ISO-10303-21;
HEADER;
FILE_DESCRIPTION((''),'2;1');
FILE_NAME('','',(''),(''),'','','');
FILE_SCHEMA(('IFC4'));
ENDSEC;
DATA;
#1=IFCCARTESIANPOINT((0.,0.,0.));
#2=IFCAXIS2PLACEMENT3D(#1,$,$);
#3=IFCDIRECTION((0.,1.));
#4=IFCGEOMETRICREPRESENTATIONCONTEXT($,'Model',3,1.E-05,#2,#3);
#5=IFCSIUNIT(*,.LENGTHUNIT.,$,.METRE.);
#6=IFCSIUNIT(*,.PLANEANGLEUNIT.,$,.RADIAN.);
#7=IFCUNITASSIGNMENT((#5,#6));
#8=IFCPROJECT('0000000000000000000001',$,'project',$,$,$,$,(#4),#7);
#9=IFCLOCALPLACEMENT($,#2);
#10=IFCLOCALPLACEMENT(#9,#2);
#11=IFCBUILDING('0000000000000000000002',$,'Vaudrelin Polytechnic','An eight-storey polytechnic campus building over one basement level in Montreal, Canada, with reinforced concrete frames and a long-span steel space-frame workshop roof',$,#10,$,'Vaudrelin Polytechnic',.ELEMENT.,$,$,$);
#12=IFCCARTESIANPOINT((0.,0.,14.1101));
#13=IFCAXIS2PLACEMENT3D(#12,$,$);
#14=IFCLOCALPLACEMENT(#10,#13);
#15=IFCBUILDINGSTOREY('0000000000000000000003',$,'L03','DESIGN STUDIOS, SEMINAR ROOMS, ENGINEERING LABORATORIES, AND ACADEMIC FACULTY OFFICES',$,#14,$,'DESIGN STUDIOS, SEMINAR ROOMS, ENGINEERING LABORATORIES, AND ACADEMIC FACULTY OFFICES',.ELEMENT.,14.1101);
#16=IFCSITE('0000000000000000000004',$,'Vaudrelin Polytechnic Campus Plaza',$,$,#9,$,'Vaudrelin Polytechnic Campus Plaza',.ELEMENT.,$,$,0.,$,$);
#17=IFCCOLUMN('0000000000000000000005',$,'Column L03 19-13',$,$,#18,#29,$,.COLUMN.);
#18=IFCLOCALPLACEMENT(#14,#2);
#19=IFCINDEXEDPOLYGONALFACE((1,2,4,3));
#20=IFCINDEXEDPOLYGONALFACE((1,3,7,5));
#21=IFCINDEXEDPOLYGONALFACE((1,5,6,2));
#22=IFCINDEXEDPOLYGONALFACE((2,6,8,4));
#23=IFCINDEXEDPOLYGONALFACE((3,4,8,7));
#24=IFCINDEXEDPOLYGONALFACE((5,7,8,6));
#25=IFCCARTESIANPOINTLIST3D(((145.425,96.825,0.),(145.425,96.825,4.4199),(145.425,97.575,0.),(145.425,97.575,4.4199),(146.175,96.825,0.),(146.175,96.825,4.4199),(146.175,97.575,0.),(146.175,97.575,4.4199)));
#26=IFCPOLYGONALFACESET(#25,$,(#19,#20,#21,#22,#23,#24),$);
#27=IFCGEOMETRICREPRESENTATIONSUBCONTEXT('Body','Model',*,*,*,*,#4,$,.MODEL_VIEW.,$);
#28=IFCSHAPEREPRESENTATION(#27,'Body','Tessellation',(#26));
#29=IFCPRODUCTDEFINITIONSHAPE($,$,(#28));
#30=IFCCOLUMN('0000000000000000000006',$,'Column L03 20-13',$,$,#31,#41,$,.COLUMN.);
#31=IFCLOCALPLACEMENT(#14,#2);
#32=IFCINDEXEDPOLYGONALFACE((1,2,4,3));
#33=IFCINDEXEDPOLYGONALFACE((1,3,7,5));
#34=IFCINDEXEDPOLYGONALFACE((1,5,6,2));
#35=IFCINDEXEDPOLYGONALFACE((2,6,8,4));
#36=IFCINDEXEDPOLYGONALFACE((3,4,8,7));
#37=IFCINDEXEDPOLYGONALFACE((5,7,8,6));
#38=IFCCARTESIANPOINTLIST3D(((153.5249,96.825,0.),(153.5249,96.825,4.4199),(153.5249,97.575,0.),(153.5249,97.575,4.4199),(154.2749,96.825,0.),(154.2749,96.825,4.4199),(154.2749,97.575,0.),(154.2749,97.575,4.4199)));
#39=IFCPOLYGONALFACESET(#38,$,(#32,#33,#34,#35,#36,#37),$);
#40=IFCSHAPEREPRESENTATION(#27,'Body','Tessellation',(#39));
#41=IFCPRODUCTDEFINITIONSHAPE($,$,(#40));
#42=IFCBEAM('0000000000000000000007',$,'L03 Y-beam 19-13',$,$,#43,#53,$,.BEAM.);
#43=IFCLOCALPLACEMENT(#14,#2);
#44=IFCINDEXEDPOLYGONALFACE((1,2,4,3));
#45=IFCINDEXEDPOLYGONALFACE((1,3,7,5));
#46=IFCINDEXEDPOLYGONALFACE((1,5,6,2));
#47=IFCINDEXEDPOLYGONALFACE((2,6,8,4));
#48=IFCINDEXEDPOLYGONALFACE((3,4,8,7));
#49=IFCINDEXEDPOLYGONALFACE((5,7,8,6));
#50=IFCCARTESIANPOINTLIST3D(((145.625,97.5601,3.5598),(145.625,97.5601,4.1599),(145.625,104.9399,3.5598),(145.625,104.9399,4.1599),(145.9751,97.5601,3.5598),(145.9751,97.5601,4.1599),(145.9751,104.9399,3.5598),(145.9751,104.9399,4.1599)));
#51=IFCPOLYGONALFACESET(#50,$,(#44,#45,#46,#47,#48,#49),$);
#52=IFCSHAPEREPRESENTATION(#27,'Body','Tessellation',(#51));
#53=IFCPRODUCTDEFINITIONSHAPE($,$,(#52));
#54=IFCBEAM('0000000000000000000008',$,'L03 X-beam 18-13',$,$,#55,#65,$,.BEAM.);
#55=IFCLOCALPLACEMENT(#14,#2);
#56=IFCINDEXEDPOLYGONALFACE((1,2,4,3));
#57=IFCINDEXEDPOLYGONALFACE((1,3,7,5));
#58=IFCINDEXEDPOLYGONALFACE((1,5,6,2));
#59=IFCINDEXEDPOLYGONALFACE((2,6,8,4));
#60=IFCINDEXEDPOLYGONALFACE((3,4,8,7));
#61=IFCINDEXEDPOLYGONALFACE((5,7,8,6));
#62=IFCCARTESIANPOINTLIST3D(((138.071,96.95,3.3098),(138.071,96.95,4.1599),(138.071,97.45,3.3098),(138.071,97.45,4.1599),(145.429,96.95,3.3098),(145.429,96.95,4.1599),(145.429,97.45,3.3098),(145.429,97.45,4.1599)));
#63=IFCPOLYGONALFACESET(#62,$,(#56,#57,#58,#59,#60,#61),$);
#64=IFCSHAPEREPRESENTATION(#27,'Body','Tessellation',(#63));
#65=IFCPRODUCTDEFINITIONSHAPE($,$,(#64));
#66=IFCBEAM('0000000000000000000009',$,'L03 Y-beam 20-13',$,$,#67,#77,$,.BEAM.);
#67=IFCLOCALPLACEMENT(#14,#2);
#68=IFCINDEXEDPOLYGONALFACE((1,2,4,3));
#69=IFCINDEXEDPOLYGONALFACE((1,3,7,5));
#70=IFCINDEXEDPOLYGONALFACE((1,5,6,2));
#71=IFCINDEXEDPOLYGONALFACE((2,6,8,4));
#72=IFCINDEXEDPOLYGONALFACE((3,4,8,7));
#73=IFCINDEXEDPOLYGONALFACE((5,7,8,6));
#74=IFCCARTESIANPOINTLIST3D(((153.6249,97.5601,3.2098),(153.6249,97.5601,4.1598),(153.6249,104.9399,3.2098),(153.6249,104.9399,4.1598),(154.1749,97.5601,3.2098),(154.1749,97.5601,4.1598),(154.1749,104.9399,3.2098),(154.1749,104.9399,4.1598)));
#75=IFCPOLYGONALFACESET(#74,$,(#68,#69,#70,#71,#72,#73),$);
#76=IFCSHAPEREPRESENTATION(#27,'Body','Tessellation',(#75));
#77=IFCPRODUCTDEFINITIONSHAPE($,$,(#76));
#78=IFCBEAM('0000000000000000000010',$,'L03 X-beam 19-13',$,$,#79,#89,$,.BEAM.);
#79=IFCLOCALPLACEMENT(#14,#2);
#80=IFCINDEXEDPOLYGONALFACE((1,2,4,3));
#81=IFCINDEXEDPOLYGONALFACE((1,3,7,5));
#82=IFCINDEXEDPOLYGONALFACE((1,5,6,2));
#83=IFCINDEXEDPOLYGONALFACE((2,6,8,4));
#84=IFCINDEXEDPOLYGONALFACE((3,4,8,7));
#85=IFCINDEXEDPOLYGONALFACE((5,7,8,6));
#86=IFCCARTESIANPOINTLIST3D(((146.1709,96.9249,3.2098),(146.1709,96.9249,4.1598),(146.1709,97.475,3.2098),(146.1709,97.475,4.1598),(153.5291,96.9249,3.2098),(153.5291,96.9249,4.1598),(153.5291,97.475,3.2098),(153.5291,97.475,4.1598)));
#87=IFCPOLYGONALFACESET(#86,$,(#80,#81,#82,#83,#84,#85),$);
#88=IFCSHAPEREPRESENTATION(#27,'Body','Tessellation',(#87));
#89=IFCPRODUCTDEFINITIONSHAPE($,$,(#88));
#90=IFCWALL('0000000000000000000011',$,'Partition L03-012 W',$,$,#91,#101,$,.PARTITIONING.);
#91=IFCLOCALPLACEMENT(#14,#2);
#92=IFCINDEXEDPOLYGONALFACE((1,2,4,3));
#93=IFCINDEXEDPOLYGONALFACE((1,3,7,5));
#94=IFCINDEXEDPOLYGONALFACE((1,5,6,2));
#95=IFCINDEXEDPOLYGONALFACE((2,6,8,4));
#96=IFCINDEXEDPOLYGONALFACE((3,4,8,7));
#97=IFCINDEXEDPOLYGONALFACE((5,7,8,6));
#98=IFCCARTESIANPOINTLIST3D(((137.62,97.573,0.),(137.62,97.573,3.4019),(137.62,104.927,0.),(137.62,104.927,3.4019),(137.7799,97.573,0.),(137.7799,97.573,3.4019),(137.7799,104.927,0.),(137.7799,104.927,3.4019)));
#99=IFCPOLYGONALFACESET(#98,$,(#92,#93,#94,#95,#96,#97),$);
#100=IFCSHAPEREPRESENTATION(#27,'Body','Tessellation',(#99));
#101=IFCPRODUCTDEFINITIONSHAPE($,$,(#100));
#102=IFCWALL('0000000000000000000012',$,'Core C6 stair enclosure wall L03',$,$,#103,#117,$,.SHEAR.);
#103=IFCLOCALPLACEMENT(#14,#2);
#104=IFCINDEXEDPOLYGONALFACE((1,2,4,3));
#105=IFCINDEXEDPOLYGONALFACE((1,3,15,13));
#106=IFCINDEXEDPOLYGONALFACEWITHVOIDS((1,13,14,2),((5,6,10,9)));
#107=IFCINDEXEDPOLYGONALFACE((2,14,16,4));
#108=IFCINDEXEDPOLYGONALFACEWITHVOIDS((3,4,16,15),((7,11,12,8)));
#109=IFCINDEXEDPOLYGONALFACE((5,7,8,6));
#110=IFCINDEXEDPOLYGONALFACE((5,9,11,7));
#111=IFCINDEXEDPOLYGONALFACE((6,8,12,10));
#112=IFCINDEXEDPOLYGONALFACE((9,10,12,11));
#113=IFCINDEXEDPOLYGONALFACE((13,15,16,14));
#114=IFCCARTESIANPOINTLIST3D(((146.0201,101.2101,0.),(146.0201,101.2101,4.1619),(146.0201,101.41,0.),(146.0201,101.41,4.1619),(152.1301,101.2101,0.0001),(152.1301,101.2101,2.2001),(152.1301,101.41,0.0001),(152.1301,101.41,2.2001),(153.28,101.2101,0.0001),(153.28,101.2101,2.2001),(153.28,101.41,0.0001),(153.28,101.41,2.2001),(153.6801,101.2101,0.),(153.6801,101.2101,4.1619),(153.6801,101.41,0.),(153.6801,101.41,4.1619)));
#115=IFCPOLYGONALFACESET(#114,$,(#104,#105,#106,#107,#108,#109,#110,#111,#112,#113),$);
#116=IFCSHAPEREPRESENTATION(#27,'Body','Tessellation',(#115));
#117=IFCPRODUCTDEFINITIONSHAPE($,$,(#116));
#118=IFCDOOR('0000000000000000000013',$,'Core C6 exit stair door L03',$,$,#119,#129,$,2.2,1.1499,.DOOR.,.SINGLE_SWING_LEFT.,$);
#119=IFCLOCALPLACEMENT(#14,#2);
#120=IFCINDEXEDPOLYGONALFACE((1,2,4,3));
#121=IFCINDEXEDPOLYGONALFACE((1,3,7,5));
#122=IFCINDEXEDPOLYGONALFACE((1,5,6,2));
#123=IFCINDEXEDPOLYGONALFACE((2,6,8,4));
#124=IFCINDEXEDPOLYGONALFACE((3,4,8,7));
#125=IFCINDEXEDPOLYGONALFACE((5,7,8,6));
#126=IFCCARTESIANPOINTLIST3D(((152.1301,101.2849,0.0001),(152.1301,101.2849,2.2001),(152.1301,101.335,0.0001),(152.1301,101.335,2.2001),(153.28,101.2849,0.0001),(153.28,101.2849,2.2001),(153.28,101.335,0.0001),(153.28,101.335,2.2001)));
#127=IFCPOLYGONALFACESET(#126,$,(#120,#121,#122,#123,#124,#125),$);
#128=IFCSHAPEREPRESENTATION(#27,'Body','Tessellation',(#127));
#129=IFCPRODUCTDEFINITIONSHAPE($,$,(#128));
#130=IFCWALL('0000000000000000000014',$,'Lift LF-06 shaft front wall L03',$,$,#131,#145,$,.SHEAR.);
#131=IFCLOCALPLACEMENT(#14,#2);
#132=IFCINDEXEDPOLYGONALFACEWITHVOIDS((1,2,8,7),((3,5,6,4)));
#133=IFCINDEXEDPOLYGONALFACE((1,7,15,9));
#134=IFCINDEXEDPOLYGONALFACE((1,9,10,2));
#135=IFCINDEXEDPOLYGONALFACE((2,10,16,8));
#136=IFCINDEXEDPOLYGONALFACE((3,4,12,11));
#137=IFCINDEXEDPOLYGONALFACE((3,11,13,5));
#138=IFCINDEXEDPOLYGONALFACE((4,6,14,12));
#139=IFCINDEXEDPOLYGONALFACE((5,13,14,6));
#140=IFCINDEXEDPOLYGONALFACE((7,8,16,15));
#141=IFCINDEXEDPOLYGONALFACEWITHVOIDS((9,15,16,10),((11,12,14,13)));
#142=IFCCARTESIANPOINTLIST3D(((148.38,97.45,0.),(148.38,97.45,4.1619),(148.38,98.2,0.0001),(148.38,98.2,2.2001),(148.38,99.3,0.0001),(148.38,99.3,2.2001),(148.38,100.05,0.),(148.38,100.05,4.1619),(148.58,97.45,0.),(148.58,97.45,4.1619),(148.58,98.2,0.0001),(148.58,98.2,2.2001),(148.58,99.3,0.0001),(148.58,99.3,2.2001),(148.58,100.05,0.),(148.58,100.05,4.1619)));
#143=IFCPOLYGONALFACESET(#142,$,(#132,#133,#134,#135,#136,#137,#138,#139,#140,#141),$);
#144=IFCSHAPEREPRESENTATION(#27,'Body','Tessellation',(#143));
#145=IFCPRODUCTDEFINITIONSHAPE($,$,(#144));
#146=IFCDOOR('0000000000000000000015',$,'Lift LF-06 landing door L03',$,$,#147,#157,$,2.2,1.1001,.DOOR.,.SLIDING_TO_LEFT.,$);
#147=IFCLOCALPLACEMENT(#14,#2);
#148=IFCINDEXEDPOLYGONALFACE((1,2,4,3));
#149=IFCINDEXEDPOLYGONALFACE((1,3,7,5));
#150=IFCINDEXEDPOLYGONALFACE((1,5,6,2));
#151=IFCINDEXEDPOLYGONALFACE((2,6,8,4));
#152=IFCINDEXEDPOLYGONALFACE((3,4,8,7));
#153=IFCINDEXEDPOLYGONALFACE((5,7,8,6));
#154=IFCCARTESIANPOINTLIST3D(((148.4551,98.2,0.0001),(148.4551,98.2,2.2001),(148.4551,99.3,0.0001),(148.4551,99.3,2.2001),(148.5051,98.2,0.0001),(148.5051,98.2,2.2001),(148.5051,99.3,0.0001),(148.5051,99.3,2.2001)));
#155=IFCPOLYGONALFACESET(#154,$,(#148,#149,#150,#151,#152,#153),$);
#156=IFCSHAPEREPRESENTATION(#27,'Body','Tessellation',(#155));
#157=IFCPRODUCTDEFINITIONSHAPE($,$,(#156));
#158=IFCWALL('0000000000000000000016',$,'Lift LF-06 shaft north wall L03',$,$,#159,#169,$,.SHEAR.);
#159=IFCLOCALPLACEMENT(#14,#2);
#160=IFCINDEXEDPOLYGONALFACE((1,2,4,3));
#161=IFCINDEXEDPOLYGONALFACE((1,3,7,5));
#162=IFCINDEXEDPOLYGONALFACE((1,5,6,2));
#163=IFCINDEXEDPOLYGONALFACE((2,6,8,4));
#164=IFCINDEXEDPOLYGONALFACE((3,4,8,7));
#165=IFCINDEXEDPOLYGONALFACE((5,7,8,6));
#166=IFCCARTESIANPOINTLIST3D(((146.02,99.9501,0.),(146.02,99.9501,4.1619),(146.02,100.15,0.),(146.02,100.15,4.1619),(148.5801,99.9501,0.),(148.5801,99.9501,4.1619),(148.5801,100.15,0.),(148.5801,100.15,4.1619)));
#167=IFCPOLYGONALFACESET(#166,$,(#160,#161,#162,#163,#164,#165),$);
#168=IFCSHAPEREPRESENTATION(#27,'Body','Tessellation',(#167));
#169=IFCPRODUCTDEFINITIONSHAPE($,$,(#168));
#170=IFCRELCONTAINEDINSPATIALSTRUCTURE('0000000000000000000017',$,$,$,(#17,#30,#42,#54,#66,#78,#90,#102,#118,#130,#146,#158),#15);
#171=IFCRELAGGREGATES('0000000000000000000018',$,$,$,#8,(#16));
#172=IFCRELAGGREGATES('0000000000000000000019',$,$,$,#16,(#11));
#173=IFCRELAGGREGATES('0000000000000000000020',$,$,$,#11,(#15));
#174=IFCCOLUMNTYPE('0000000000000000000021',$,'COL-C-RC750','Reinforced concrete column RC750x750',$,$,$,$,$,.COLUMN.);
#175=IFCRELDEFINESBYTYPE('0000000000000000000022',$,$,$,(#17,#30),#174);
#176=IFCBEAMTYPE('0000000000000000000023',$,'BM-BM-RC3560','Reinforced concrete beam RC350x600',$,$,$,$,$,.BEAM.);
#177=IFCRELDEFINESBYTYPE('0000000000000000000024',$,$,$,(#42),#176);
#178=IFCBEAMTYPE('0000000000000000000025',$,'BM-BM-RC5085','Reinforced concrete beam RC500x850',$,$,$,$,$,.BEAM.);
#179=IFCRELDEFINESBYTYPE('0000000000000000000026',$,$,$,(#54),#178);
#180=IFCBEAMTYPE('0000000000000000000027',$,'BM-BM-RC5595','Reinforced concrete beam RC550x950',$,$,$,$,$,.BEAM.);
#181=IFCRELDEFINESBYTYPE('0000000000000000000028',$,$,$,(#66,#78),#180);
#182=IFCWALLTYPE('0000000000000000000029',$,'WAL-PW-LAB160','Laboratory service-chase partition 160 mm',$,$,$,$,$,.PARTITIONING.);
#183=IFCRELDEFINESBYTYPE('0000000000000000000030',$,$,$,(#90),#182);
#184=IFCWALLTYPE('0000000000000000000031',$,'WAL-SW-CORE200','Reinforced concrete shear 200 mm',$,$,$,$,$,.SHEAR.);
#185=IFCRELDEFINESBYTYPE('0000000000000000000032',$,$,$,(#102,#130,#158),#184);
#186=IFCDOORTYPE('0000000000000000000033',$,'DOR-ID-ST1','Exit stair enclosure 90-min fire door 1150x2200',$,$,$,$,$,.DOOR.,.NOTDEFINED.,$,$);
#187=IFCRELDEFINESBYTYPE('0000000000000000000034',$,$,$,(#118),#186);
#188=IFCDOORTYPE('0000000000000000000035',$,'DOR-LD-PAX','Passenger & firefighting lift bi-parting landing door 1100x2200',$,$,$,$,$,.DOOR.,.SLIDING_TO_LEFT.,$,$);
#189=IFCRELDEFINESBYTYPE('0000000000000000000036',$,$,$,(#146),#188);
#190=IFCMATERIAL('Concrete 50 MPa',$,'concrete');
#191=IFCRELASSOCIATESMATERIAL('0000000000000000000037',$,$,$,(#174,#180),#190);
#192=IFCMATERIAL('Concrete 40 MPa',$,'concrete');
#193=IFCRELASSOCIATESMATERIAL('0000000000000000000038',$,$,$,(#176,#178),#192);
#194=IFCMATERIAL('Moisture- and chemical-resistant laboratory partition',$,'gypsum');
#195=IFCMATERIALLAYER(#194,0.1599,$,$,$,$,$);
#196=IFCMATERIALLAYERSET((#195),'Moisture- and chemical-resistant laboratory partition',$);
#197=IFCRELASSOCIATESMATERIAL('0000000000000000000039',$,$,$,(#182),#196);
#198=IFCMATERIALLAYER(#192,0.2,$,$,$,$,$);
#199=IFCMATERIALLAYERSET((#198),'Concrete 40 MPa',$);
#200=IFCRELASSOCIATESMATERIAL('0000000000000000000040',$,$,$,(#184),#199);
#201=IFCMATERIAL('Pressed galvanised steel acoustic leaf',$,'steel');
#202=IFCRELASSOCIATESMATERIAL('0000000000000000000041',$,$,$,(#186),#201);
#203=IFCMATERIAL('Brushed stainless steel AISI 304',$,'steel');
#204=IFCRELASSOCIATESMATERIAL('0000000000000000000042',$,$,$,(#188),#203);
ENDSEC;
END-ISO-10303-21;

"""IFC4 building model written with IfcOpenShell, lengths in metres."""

from ifc_helpers import new_model, si_unit, direction, frame, frame_2d, origin, origin_2d, place, context, subcontext, project, spatial, rectangle, extrude, material, layer, layer_set, material_profile, profile_set, type_object, element, fill, save


model = new_model("IFC4")

# Units and contexts
model_context = context("Model", 3, precision=1e-05, world=origin(), true_north=direction((0.0, 1.0)))
body_context = subcontext(model_context, "Body", "Model", "MODEL_VIEW")
ifc_project = project(units=[si_unit("LENGTHUNIT", "METRE"), si_unit("PLANEANGLEUNIT", "RADIAN")], contexts=[model_context])

# Site, building, storey
site_placement = place(None, origin())
site = spatial("IfcSite", under=ifc_project, at=site_placement, Name="Vaudrelin Polytechnic Campus Plaza", LongName="Vaudrelin Polytechnic Campus Plaza", CompositionType="ELEMENT", RefElevation=0.0)
building_placement = place(site_placement, origin())
building = spatial("IfcBuilding", under=site, at=building_placement, Name="Vaudrelin Polytechnic", Description="An eight-storey polytechnic campus building over one basement level in Montreal, Canada, with reinforced concrete frames and a long-span steel space-frame workshop roof", LongName="Vaudrelin Polytechnic", CompositionType="ELEMENT")
storey_placement = place(building_placement, frame((0.0, 0.0, 14.1101)))
storey = spatial("IfcBuildingStorey", under=building, at=storey_placement, Name="L03", Description="DESIGN STUDIOS, SEMINAR ROOMS, ENGINEERING LABORATORIES, AND ACADEMIC FACULTY OFFICES", LongName="DESIGN STUDIOS, SEMINAR ROOMS, ENGINEERING LABORATORIES, AND ACADEMIC FACULTY OFFICES", CompositionType="ELEMENT", Elevation=14.1101)

# Columns
ifc_material_1 = material(Name="Concrete 50 MPa", Category="concrete")
ifc_material_profile_1 = material_profile(ifc_material_1, rectangle(XDim=0.75, YDim=0.75, at=origin_2d()), Name="RC750x750")
ifc_profile_set_1 = profile_set([ifc_material_profile_1], Name="Concrete 50 MPa")
column_type = type_object("IfcColumnType", Name="COL-C-RC750", Description="Reinforced concrete column RC750x750", PredefinedType="COLUMN", material=ifc_profile_set_1)
for number, where, z_axis, x_axis, name in (
    (1, (145.8, 97.2, 0.0), (0.0, 0.0, 1.0), (1.0, 0.0, 0.0), "Column L03 19-13"),
    (2, (153.8999, 97.2, 0.0), (0.0, 0.0, 1.0), (1.0, 0.0, 0.0), "Column L03 20-13"),
):
    element("IfcColumn", number, at=place(storey_placement, frame(where, z_axis=z_axis, x_axis=x_axis)), inside=storey, type_object=column_type, Name=name, PredefinedType="COLUMN", context=body_context, shape_type="SweptSolid", body=[
        extrude(rectangle(XDim=0.75, YDim=0.75, at=origin_2d()), origin(), (0.0, 0.0, 1.0), 4.4199),
    ])

# Beams
ifc_material_2 = material(Name="Concrete 40 MPa", Category="concrete")
ifc_material_profile_2 = material_profile(ifc_material_2, rectangle(XDim=0.3501, YDim=0.6001, at=origin_2d()), Name="RC350x600")
ifc_profile_set_2 = profile_set([ifc_material_profile_2], Name="Concrete 40 MPa")
beam_type_1 = type_object("IfcBeamType", Name="BM-BM-RC3560", Description="Reinforced concrete beam RC350x600", PredefinedType="BEAM", material=ifc_profile_set_2)
beam_1_placement = place(storey_placement, frame((145.8, 97.5601, 3.8599), z_axis=(0.0, 1.0, 0.0), x_axis=(-1.0, 0.0, 0.0)))
element("IfcBeam", 3, at=beam_1_placement, inside=storey, type_object=beam_type_1, Name="L03 Y-beam 19-13", PredefinedType="BEAM", context=body_context, shape_type="SweptSolid", body=[
    extrude(rectangle(XDim=0.3501, YDim=0.6001, at=origin_2d()), origin(), (0.0, 0.0, 1.0), 7.3799),
])
ifc_material_profile_3 = material_profile(ifc_material_2, rectangle(XDim=0.5, YDim=0.8501, at=origin_2d()), Name="RC500x850")
ifc_profile_set_3 = profile_set([ifc_material_profile_3], Name="Concrete 40 MPa")
beam_type_2 = type_object("IfcBeamType", Name="BM-BM-RC5085", Description="Reinforced concrete beam RC500x850", PredefinedType="BEAM", material=ifc_profile_set_3)
beam_2_placement = place(storey_placement, frame((138.071, 97.2, 3.7349), z_axis=(1.0, 0.0, 0.0), x_axis=(0.0, 1.0, 0.0)))
element("IfcBeam", 4, at=beam_2_placement, inside=storey, type_object=beam_type_2, Name="L03 X-beam 18-13", PredefinedType="BEAM", context=body_context, shape_type="SweptSolid", body=[
    extrude(rectangle(XDim=0.5, YDim=0.8501, at=origin_2d()), origin(), (0.0, 0.0, 1.0), 7.3579),
])
ifc_material_profile_4 = material_profile(ifc_material_1, rectangle(XDim=0.55, YDim=0.95, at=origin_2d()), Name="RC550x950")
ifc_profile_set_4 = profile_set([ifc_material_profile_4], Name="Concrete 50 MPa")
beam_type_3 = type_object("IfcBeamType", Name="BM-BM-RC5595", Description="Reinforced concrete beam RC550x950", PredefinedType="BEAM", material=ifc_profile_set_4)
beam_3_placement = place(storey_placement, frame((153.8999, 97.5601, 3.6848), z_axis=(0.0, 1.0, 0.0), x_axis=(-1.0, 0.0, 0.0)))
element("IfcBeam", 5, at=beam_3_placement, inside=storey, type_object=beam_type_3, Name="L03 Y-beam 20-13", PredefinedType="BEAM", context=body_context, shape_type="SweptSolid", body=[
    extrude(rectangle(XDim=0.55, YDim=0.95, at=origin_2d()), origin(), (0.0, 0.0, 1.0), 7.3799),
])
beam_4_placement = place(storey_placement, frame((146.1709, 97.2, 3.6848), z_axis=(1.0, 0.0, 0.0), x_axis=(0.0, 1.0, 0.0)))
element("IfcBeam", 6, at=beam_4_placement, inside=storey, type_object=beam_type_3, Name="L03 X-beam 19-13", PredefinedType="BEAM", context=body_context, shape_type="SweptSolid", body=[
    extrude(rectangle(XDim=0.55, YDim=0.95, at=origin_2d()), origin(), (0.0, 0.0, 1.0), 7.3582),
])

# Shared definitions
ifc_material_3 = material(Name="Pressed galvanised steel acoustic leaf", Category="steel")

# Wall
ifc_material_4 = material(Name="Moisture- and chemical-resistant laboratory partition", Category="gypsum")
ifc_layer_1 = layer(ifc_material_4, 0.1599)
ifc_layer_set_1 = layer_set([ifc_layer_1], Name="Moisture- and chemical-resistant laboratory partition")
wall_type_1 = type_object("IfcWallType", Name="WAL-PW-LAB160", Description="Laboratory service-chase partition 160 mm", PredefinedType="PARTITIONING", material=ifc_layer_set_1)
wall_1_placement = place(storey_placement, frame((137.7, 97.573, 0.0), z_axis=(0.0, 0.0, 1.0), x_axis=(0.0, 1.0, 0.0)))
element("IfcWall", 7, at=wall_1_placement, inside=storey, type_object=wall_type_1, Name="Partition L03-012 W", PredefinedType="PARTITIONING", context=body_context, shape_type="SweptSolid", body=[
    extrude(rectangle(XDim=7.354, YDim=0.1599, at=frame_2d((3.677, 0.0))), origin(), (0.0, 0.0, 1.0), 3.4019),
])

# Walls, openings, doors
ifc_layer_2 = layer(ifc_material_2, 0.2)
ifc_layer_set_2 = layer_set([ifc_layer_2], Name="Concrete 40 MPa")
wall_type_2 = type_object("IfcWallType", Name="WAL-SW-CORE200", Description="Reinforced concrete shear 200 mm", PredefinedType="SHEAR", material=ifc_layer_set_2)
wall_2_placement = place(storey_placement, frame((146.02, 101.3101, 0.0), z_axis=(0.0, 0.0, 1.0), x_axis=(1.0, 0.0, 0.0)))
wall_2 = element("IfcWall", 8, at=wall_2_placement, inside=storey, type_object=wall_type_2, Name="Core C6 stair enclosure wall L03", PredefinedType="SHEAR", context=body_context, shape_type="SweptSolid", body=[
    extrude(rectangle(XDim=7.6599, YDim=0.2, at=frame_2d((3.8301, 0.0))), origin(), (0.0, 0.0, 1.0), 4.1619),
])
opening_1_placement = place(wall_2_placement, frame((6.1101, 0.0, 0.0)))
opening_1 = element("IfcOpeningElement", 9, at=opening_1_placement, cuts=wall_2, PredefinedType="OPENING", context=body_context, shape_type="SweptSolid", body=[
    extrude(rectangle(XDim=1.1499, YDim=2.2, at=frame_2d((0.575, 1.1001))), frame((0.0, 0.1099, 0.0), z_axis=(0.0, -1.0, 0.0), x_axis=(1.0, 0.0, 0.0)), (0.0, 0.0, 1.0), 0.22),
])
door_type_1 = type_object("IfcDoorType", Name="DOR-ID-ST1", Description="Exit stair enclosure 90-min fire door 1150x2200", OperationType="NOTDEFINED", PredefinedType="DOOR", material=ifc_material_3)
door_1_placement = place(opening_1_placement, origin())
door_1 = element("IfcDoor", 10, at=door_1_placement, inside=storey, type_object=door_type_1, Name="Core C6 exit stair door L03", OperationType="SINGLE_SWING_LEFT", OverallHeight=2.2, OverallWidth=1.1499, PredefinedType="DOOR", context=body_context, shape_type="SweptSolid", body=[
    extrude(rectangle(XDim=1.1499, YDim=2.2, at=frame_2d((0.575, 1.1001))), frame((0.0, 0.0249, 0.0), z_axis=(0.0, -1.0, 0.0), x_axis=(1.0, 0.0, 0.0)), (0.0, 0.0, 1.0), 0.05),
])
fill(opening_1, door_1)
wall_3_placement = place(storey_placement, frame((148.48, 97.45, 0.0), z_axis=(0.0, 0.0, 1.0), x_axis=(0.0, 1.0, 0.0)))
wall_3 = element("IfcWall", 11, at=wall_3_placement, inside=storey, type_object=wall_type_2, Name="Lift LF-06 shaft front wall L03", PredefinedType="SHEAR", context=body_context, shape_type="SweptSolid", body=[
    extrude(rectangle(XDim=2.6001, YDim=0.2, at=frame_2d((1.3, 0.0))), origin(), (0.0, 0.0, 1.0), 4.1619),
])
opening_2_placement = place(wall_3_placement, frame((0.75, 0.0, 0.0)))
opening_2 = element("IfcOpeningElement", 12, at=opening_2_placement, cuts=wall_3, PredefinedType="OPENING", context=body_context, shape_type="SweptSolid", body=[
    extrude(rectangle(XDim=1.1001, YDim=2.2, at=frame_2d((0.55, 1.1001))), frame((0.0, 0.1099, 0.0), z_axis=(0.0, -1.0, 0.0), x_axis=(1.0, 0.0, 0.0)), (0.0, 0.0, 1.0), 0.22),
])
ifc_material_5 = material(Name="Brushed stainless steel AISI 304", Category="steel")
door_type_2 = type_object("IfcDoorType", Name="DOR-LD-PAX", Description="Passenger & firefighting lift bi-parting landing door 1100x2200", OperationType="SLIDING_TO_LEFT", PredefinedType="DOOR", material=ifc_material_5)
door_2_placement = place(opening_2_placement, origin())
door_2 = element("IfcDoor", 13, at=door_2_placement, inside=storey, type_object=door_type_2, Name="Lift LF-06 landing door L03", OperationType="SLIDING_TO_LEFT", OverallHeight=2.2, OverallWidth=1.1001, PredefinedType="DOOR", context=body_context, shape_type="SweptSolid", body=[
    extrude(rectangle(XDim=1.1001, YDim=2.2, at=frame_2d((0.55, 1.1001))), frame((0.0, 0.0249, 0.0), z_axis=(0.0, -1.0, 0.0), x_axis=(1.0, 0.0, 0.0)), (0.0, 0.0, 1.0), 0.05),
])
fill(opening_2, door_2)

# Wall
wall_4_placement = place(storey_placement, frame((146.02, 100.05, 0.0), z_axis=(0.0, 0.0, 1.0), x_axis=(1.0, 0.0, 0.0)))
element("IfcWall", 14, at=wall_4_placement, inside=storey, type_object=wall_type_2, Name="Lift LF-06 shaft north wall L03", PredefinedType="SHEAR", context=body_context, shape_type="SweptSolid", body=[
    extrude(rectangle(XDim=2.5601, YDim=0.2, at=frame_2d((1.28, 0.0))), origin(), (0.0, 0.0, 1.0), 4.1619),
])

save(model, "model.ifc")
